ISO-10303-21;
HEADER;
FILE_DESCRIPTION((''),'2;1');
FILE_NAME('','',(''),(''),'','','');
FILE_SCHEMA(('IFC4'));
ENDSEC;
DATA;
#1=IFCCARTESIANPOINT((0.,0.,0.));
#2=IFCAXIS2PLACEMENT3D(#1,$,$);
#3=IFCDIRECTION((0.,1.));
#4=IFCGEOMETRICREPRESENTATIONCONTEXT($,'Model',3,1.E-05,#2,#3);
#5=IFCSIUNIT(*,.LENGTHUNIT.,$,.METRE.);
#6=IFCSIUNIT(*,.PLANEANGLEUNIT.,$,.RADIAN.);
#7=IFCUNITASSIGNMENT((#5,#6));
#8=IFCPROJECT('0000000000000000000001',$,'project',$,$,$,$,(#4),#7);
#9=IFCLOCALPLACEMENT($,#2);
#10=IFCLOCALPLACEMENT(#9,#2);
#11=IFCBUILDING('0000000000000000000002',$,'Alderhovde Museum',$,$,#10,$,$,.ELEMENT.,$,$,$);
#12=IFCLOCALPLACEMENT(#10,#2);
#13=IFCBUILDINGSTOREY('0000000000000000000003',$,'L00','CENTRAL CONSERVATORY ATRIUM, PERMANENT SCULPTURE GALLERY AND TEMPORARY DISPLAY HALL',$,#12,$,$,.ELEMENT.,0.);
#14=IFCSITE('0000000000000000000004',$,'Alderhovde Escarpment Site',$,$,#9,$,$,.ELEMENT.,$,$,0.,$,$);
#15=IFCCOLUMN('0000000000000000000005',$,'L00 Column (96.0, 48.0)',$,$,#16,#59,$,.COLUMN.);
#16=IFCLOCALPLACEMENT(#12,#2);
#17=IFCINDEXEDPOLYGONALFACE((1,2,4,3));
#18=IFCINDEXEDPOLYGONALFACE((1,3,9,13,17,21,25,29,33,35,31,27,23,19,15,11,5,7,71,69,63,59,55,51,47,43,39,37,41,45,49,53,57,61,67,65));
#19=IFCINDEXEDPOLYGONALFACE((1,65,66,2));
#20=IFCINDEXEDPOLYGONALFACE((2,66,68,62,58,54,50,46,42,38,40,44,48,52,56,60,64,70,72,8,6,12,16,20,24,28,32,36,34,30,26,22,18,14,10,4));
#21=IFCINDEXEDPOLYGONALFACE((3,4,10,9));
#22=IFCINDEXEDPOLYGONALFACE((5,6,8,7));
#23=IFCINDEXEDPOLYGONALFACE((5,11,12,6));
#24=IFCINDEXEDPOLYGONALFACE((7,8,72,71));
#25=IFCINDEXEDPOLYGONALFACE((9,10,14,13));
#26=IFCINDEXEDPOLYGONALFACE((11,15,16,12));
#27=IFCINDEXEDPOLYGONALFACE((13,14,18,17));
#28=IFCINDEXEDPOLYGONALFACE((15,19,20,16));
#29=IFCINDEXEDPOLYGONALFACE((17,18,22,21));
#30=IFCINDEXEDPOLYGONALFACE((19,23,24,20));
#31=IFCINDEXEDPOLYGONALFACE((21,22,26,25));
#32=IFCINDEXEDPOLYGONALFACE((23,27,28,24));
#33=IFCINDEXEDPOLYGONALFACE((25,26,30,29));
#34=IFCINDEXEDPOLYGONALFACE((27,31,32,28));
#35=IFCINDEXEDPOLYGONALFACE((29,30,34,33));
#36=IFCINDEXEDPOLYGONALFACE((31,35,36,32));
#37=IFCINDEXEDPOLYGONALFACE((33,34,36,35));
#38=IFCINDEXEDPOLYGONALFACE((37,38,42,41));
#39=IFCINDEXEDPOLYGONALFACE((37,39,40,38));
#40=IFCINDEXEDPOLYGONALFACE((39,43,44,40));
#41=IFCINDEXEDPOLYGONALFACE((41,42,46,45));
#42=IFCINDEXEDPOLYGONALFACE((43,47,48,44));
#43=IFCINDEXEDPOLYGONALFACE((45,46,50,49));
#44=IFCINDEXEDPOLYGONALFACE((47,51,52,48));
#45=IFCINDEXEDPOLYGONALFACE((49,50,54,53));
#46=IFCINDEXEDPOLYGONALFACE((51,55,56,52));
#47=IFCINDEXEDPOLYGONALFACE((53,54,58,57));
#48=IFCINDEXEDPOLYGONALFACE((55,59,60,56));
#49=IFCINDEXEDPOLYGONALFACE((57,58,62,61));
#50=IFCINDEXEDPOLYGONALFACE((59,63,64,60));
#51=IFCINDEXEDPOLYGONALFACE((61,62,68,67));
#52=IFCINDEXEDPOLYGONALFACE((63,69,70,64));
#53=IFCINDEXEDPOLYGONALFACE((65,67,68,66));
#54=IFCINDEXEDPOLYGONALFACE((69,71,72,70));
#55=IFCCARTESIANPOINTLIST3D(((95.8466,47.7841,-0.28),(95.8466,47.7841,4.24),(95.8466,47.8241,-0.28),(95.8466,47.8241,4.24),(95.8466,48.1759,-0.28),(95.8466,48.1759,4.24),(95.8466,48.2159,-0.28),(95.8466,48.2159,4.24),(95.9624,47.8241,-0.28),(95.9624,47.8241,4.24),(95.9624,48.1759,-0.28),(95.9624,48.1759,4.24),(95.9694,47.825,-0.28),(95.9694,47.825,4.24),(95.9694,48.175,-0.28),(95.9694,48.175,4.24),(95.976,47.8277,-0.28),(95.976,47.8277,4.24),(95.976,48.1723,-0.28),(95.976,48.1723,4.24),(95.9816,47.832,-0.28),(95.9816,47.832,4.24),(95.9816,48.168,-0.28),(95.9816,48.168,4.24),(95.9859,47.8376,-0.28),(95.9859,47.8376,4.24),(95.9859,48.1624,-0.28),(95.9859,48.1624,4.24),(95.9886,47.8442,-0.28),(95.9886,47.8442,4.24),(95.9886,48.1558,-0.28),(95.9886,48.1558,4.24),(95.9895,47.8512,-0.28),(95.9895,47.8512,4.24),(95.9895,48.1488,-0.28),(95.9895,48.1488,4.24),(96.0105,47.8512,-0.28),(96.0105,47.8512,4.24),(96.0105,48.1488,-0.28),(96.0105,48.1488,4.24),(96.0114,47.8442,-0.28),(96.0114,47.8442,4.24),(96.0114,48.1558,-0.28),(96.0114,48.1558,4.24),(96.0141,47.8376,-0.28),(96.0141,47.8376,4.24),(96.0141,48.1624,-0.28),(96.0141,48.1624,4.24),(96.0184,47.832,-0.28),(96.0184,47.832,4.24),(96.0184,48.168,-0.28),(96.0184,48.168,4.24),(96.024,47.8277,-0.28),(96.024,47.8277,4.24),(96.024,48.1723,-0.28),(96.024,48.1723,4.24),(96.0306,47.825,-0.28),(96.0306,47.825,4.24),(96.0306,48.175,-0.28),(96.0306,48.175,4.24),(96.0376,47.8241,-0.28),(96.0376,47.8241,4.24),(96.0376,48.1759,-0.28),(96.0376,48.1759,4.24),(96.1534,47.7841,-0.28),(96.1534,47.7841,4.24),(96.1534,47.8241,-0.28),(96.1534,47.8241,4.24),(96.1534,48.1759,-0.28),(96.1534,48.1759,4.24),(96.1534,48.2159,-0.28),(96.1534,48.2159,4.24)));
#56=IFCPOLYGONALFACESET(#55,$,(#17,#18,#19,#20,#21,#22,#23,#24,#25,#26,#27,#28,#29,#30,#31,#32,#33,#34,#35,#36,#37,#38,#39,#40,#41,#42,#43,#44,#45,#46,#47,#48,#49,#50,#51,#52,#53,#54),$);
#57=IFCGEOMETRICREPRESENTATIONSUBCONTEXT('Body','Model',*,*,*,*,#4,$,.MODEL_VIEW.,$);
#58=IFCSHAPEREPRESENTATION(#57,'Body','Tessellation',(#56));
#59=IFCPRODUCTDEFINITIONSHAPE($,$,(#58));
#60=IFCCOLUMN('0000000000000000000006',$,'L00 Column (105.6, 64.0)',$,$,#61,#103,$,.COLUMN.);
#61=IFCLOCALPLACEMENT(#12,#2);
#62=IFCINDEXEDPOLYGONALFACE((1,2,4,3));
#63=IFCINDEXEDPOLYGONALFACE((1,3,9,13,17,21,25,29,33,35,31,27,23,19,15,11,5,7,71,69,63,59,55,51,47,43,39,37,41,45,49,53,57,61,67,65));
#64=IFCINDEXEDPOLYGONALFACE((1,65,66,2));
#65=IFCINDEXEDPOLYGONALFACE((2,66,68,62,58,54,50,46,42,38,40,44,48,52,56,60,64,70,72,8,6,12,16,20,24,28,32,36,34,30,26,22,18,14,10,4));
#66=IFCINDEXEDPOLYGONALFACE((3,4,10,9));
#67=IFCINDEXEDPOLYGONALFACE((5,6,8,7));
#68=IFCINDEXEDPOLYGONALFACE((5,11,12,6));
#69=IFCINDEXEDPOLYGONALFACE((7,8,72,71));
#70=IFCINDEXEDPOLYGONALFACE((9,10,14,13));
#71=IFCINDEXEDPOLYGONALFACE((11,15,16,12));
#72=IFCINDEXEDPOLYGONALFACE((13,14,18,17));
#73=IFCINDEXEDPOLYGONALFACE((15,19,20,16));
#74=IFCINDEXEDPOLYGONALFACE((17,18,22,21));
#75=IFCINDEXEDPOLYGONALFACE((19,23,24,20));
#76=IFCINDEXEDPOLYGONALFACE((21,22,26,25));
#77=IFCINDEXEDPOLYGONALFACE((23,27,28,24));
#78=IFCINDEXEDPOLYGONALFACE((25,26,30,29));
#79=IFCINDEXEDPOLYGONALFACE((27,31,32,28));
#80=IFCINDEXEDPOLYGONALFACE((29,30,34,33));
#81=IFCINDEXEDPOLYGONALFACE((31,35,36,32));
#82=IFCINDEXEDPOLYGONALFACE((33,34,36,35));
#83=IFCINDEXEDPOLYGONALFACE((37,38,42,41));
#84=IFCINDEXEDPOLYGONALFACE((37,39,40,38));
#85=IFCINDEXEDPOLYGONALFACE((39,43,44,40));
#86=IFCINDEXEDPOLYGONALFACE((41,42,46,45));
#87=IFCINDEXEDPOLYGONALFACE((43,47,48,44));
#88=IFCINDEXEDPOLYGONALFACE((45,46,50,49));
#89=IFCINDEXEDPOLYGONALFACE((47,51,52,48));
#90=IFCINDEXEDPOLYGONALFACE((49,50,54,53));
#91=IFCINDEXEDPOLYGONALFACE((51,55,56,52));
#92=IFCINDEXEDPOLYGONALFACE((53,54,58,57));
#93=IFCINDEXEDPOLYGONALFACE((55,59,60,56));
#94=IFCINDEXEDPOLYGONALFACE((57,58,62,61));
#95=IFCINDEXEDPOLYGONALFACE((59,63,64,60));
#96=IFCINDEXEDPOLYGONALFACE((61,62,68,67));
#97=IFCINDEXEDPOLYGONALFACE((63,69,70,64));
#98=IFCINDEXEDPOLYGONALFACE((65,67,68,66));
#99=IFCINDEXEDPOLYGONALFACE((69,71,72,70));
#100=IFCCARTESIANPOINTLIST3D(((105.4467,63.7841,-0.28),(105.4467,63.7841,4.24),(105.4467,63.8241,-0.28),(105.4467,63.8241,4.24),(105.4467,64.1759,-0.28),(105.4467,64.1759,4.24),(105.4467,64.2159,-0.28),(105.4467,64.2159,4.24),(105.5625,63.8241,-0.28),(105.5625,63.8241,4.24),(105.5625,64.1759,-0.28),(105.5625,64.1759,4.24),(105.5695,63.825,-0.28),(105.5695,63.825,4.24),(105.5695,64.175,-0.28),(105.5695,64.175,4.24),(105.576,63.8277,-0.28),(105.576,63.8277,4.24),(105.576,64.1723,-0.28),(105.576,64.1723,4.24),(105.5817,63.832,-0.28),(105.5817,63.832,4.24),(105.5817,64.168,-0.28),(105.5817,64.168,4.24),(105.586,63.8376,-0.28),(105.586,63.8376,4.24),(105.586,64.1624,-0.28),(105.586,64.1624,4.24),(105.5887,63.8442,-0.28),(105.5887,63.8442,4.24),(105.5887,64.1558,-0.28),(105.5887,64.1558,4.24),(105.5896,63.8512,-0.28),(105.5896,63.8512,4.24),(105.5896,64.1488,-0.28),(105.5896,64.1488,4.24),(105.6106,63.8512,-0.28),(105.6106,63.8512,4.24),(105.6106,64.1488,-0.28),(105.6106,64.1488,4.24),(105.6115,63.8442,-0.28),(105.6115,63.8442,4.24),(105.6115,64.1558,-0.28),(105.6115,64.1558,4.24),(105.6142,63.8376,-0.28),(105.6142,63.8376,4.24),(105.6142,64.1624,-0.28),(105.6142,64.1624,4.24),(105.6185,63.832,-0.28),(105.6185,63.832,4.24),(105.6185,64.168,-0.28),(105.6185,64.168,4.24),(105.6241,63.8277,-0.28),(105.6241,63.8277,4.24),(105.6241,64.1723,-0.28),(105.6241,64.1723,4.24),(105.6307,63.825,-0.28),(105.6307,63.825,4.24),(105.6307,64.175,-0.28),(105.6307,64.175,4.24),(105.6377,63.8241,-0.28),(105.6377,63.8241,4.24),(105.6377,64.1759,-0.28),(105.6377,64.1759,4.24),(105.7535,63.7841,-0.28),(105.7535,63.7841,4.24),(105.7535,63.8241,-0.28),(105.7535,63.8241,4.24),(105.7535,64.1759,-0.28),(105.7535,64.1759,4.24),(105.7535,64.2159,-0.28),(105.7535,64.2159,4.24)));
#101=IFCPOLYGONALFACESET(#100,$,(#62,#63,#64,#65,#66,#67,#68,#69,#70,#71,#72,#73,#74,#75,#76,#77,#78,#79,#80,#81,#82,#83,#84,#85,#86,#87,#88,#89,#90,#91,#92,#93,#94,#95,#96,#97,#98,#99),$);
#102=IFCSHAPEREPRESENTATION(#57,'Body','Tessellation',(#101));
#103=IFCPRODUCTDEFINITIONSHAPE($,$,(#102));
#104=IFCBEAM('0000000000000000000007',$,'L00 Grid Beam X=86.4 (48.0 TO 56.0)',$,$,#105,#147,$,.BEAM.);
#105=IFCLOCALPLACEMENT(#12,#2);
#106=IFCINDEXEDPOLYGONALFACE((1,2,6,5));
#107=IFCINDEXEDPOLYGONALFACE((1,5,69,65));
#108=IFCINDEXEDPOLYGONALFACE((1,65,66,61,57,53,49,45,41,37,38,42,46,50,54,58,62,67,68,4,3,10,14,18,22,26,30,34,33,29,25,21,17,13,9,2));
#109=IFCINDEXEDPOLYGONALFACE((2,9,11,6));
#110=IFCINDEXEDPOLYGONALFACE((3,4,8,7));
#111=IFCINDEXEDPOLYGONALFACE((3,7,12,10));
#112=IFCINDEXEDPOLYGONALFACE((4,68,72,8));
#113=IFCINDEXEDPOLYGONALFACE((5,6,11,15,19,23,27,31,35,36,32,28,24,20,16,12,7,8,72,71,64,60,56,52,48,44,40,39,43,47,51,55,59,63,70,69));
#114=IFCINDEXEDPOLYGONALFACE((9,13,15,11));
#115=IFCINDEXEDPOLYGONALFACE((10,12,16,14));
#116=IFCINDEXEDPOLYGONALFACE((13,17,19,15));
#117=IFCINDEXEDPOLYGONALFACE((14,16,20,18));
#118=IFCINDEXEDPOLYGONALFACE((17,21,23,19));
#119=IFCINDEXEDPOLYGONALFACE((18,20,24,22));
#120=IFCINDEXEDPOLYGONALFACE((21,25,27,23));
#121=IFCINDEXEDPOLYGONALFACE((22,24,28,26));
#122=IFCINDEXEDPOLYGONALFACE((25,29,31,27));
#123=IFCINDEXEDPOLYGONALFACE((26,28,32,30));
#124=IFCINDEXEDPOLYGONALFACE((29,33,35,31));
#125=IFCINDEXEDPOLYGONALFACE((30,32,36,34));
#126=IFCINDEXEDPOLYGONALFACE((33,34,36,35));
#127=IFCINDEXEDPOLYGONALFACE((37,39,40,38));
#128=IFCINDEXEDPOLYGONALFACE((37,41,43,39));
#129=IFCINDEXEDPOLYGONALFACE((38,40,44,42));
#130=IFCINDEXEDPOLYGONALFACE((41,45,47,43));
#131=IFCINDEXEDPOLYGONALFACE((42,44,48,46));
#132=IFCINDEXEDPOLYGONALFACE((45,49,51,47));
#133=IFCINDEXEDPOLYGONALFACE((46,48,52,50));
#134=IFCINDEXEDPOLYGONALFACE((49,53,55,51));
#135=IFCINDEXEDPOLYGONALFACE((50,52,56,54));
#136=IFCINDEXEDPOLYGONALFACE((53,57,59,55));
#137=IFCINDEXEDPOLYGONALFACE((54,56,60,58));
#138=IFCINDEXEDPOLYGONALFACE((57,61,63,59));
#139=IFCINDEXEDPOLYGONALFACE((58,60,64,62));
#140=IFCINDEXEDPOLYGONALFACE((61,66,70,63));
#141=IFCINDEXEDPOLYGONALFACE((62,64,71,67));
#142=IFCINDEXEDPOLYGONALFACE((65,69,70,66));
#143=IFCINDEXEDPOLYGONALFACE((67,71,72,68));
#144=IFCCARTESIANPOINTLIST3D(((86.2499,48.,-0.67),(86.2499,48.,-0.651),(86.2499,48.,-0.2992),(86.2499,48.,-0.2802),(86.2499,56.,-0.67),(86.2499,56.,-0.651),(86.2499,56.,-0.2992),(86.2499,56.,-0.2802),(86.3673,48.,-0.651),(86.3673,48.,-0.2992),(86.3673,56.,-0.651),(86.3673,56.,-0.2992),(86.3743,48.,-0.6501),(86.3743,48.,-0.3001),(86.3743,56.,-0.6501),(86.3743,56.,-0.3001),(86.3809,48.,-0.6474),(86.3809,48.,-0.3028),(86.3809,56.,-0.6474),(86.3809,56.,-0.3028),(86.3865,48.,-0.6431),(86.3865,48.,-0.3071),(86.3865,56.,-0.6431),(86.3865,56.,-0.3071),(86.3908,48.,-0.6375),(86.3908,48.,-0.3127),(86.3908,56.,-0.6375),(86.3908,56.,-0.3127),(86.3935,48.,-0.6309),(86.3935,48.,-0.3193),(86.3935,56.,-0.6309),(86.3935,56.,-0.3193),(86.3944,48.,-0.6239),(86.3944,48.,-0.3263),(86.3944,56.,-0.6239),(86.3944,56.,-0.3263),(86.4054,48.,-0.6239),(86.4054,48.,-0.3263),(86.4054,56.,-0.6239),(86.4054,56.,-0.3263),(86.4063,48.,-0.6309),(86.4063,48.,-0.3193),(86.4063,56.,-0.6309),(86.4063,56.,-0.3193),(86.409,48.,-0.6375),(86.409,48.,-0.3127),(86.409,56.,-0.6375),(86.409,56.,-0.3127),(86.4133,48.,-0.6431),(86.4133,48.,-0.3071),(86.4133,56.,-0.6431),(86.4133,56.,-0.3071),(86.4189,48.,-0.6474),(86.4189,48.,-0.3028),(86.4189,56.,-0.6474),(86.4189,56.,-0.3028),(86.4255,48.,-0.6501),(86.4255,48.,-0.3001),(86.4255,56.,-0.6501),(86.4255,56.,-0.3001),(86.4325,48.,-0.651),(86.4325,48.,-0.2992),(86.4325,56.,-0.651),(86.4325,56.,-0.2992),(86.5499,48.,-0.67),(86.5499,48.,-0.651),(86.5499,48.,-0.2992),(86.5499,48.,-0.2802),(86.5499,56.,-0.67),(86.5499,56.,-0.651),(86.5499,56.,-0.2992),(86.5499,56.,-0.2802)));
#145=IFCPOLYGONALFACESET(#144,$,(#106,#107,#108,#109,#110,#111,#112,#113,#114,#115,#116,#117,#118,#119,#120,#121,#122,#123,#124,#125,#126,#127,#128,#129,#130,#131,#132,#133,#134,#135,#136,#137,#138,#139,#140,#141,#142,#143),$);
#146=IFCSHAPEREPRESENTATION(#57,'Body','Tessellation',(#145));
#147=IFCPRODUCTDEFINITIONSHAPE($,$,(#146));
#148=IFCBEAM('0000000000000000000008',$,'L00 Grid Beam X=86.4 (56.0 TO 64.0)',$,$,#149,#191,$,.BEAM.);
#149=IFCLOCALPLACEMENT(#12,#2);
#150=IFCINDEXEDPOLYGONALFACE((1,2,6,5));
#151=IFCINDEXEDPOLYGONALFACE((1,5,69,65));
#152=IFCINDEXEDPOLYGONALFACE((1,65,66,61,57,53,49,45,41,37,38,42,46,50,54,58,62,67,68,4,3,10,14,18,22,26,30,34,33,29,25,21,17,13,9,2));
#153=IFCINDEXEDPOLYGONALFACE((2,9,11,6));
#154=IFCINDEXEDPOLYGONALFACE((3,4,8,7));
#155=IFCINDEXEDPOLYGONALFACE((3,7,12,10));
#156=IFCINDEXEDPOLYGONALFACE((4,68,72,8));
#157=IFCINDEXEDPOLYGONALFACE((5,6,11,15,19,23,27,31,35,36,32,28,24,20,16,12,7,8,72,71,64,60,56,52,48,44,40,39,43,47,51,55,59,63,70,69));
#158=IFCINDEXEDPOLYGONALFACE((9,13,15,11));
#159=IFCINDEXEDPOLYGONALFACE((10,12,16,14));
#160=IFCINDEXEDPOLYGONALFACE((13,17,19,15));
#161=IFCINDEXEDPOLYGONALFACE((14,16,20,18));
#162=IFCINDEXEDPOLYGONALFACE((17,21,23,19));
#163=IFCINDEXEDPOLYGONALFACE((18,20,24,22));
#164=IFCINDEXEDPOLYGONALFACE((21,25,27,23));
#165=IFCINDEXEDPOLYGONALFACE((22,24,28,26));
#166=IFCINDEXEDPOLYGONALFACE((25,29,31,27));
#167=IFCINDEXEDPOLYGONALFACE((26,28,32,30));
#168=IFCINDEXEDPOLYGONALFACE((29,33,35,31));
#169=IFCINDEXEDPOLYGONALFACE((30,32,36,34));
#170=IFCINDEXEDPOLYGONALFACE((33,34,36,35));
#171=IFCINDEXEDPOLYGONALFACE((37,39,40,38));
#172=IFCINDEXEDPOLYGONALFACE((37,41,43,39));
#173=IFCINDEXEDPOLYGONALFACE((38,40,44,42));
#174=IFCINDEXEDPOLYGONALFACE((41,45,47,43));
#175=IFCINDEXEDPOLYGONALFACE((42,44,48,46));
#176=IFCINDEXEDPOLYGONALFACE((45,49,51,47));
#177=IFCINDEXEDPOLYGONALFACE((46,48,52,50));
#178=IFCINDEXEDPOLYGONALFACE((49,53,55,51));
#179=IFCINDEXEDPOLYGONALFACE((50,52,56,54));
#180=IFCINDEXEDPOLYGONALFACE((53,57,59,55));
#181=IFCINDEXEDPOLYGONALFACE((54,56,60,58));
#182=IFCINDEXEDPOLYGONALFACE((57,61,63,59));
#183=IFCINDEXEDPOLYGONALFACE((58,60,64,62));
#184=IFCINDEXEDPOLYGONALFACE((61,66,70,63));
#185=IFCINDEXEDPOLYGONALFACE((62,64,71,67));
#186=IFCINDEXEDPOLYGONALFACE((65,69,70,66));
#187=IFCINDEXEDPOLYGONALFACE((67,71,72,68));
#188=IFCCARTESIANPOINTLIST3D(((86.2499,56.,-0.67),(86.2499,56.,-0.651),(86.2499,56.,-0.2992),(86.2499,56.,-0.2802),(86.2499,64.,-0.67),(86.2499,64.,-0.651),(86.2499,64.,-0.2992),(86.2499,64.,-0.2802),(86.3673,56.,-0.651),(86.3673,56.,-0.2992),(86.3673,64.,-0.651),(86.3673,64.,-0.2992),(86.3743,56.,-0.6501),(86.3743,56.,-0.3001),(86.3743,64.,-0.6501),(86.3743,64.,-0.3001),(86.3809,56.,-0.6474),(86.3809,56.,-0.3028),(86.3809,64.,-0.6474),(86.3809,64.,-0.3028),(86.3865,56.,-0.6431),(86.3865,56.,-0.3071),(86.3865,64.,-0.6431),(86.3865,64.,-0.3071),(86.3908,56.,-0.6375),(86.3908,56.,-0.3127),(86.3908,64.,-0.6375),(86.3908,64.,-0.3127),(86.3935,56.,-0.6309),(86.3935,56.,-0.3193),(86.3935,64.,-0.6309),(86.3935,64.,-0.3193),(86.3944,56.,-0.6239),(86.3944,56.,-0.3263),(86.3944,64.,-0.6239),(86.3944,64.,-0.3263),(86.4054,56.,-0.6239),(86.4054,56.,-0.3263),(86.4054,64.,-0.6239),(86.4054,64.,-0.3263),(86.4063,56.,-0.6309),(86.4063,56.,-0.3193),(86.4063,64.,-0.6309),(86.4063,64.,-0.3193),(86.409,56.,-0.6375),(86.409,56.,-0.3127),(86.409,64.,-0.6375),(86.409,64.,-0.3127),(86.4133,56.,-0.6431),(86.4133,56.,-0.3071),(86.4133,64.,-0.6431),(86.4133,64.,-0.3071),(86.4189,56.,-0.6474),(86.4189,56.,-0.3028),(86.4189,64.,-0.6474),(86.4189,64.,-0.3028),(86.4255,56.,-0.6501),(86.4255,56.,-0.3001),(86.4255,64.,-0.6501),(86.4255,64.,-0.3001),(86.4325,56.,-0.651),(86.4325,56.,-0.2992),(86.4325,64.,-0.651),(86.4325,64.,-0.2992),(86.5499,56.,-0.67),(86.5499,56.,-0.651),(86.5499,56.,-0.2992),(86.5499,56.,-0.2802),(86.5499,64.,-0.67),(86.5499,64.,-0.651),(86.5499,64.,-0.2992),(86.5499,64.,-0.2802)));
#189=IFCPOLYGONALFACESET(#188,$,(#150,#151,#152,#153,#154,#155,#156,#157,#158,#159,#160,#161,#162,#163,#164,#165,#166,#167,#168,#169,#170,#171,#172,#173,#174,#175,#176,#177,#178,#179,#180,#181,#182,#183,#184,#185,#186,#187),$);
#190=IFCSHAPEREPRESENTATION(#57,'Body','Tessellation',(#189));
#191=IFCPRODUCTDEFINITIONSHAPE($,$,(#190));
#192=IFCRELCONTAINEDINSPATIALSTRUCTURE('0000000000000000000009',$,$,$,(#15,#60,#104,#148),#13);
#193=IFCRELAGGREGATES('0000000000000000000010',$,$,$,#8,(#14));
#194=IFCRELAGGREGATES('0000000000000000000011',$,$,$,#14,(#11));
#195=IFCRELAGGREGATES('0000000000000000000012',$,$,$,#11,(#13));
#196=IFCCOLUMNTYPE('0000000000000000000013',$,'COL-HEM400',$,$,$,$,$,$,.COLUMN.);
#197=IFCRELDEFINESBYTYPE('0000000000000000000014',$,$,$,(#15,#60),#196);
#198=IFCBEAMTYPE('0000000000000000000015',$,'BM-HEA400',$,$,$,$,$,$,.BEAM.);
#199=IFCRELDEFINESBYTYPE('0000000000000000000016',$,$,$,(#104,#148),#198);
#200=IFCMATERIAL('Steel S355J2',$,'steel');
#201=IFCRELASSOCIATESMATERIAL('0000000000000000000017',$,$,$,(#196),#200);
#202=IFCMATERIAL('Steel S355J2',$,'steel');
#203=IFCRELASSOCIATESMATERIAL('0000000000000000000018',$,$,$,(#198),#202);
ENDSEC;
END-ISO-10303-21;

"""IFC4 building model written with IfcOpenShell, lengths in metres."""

from ifc_helpers import new_model, si_unit, direction, frame, origin, origin_2d, place, context, subcontext, project, spatial, i_section, extrude, material, material_profile, profile_set, type_object, element, save


model = new_model("IFC4")

# Units and contexts
model_context = context("Model", 3, precision=1e-05, world=origin(), true_north=direction((0.0, 1.0)))
body_context = subcontext(model_context, "Body", "Model", "MODEL_VIEW")
ifc_project = project(units=[si_unit("LENGTHUNIT", "METRE"), si_unit("PLANEANGLEUNIT", "RADIAN")], contexts=[model_context])

# Site, building, storey
site_placement = place(None, origin())
site = spatial("IfcSite", under=ifc_project, at=site_placement, Name="Alderhovde Escarpment Site", CompositionType="ELEMENT", RefElevation=0.0)
building_placement = place(site_placement, origin())
building = spatial("IfcBuilding", under=site, at=building_placement, Name="Alderhovde Museum", CompositionType="ELEMENT")
storey_placement = place(building_placement, origin())
storey = spatial("IfcBuildingStorey", under=building, at=storey_placement, Name="L00", Description="CENTRAL CONSERVATORY ATRIUM, PERMANENT SCULPTURE GALLERY AND TEMPORARY DISPLAY HALL", CompositionType="ELEMENT", Elevation=0.0)

# Columns
ifc_material_1 = material(Name="Steel S355J2", Category="steel")
ifc_material_profile_1 = material_profile(ifc_material_1, i_section(OverallWidth=0.3069, OverallDepth=0.4319, WebThickness=0.021, FlangeThickness=0.04, FilletRadius=0.0271, at=origin_2d()), Name="HEM 400")
ifc_profile_set_1 = profile_set([ifc_material_profile_1], Name="Steel S355J2")
column_type_1 = type_object("IfcColumnType", Name="COL-HEM400", PredefinedType="COLUMN", material=ifc_profile_set_1)
for number, where, z_axis, x_axis, name in (
    (1, (96.0, 48.0, -0.28), (0.0, 0.0, 1.0), (1.0, 0.0, 0.0), "L00 Column (96.0, 48.0)"),
    (2, (105.6001, 64.0, -0.28), (0.0, 0.0, 1.0), (1.0, 0.0, 0.0), "L00 Column (105.6, 64.0)"),
):
    element("IfcColumn", number, at=place(storey_placement, frame(where, z_axis=z_axis, x_axis=x_axis)), inside=storey, type_object=column_type_1, Name=name, PredefinedType="COLUMN", context=body_context, shape_type="SweptSolid", body=[
        extrude(i_section(OverallWidth=0.3069, OverallDepth=0.4319, WebThickness=0.021, FlangeThickness=0.04, FilletRadius=0.0271, at=origin_2d()), origin(), (0.0, 0.0, 1.0), 4.52),
    ])

# Beams
ifc_material_2 = material(Name="Steel S355J2", Category="steel")
ifc_material_profile_2 = material_profile(ifc_material_2, i_section(OverallWidth=0.3, OverallDepth=0.3899, WebThickness=0.011, FlangeThickness=0.019, FilletRadius=0.0271, at=origin_2d()), Name="HEA 400")
ifc_profile_set_2 = profile_set([ifc_material_profile_2], Name="Steel S355J2")
beam_type_1 = type_object("IfcBeamType", Name="BM-HEA400", PredefinedType="BEAM", material=ifc_profile_set_2)
for number, where, z_axis, x_axis, name in (
    (3, (86.3999, 48.0, -0.4751), (0.0, 1.0, 0.0), (-1.0, 0.0, 0.0), "L00 Grid Beam X=86.4 (48.0 TO 56.0)"),
    (4, (86.3999, 56.0, -0.4751), (0.0, 1.0, 0.0), (-1.0, 0.0, 0.0), "L00 Grid Beam X=86.4 (56.0 TO 64.0)"),
):
    element("IfcBeam", number, at=place(storey_placement, frame(where, z_axis=z_axis, x_axis=x_axis)), inside=storey, type_object=beam_type_1, Name=name, PredefinedType="BEAM", context=body_context, shape_type="SweptSolid", body=[
        extrude(i_section(OverallWidth=0.3, OverallDepth=0.3899, WebThickness=0.011, FlangeThickness=0.019, FilletRadius=0.0271, at=origin_2d()), origin(), (0.0, 0.0, 1.0), 8.0),
    ])

save(model, "model.ifc")
